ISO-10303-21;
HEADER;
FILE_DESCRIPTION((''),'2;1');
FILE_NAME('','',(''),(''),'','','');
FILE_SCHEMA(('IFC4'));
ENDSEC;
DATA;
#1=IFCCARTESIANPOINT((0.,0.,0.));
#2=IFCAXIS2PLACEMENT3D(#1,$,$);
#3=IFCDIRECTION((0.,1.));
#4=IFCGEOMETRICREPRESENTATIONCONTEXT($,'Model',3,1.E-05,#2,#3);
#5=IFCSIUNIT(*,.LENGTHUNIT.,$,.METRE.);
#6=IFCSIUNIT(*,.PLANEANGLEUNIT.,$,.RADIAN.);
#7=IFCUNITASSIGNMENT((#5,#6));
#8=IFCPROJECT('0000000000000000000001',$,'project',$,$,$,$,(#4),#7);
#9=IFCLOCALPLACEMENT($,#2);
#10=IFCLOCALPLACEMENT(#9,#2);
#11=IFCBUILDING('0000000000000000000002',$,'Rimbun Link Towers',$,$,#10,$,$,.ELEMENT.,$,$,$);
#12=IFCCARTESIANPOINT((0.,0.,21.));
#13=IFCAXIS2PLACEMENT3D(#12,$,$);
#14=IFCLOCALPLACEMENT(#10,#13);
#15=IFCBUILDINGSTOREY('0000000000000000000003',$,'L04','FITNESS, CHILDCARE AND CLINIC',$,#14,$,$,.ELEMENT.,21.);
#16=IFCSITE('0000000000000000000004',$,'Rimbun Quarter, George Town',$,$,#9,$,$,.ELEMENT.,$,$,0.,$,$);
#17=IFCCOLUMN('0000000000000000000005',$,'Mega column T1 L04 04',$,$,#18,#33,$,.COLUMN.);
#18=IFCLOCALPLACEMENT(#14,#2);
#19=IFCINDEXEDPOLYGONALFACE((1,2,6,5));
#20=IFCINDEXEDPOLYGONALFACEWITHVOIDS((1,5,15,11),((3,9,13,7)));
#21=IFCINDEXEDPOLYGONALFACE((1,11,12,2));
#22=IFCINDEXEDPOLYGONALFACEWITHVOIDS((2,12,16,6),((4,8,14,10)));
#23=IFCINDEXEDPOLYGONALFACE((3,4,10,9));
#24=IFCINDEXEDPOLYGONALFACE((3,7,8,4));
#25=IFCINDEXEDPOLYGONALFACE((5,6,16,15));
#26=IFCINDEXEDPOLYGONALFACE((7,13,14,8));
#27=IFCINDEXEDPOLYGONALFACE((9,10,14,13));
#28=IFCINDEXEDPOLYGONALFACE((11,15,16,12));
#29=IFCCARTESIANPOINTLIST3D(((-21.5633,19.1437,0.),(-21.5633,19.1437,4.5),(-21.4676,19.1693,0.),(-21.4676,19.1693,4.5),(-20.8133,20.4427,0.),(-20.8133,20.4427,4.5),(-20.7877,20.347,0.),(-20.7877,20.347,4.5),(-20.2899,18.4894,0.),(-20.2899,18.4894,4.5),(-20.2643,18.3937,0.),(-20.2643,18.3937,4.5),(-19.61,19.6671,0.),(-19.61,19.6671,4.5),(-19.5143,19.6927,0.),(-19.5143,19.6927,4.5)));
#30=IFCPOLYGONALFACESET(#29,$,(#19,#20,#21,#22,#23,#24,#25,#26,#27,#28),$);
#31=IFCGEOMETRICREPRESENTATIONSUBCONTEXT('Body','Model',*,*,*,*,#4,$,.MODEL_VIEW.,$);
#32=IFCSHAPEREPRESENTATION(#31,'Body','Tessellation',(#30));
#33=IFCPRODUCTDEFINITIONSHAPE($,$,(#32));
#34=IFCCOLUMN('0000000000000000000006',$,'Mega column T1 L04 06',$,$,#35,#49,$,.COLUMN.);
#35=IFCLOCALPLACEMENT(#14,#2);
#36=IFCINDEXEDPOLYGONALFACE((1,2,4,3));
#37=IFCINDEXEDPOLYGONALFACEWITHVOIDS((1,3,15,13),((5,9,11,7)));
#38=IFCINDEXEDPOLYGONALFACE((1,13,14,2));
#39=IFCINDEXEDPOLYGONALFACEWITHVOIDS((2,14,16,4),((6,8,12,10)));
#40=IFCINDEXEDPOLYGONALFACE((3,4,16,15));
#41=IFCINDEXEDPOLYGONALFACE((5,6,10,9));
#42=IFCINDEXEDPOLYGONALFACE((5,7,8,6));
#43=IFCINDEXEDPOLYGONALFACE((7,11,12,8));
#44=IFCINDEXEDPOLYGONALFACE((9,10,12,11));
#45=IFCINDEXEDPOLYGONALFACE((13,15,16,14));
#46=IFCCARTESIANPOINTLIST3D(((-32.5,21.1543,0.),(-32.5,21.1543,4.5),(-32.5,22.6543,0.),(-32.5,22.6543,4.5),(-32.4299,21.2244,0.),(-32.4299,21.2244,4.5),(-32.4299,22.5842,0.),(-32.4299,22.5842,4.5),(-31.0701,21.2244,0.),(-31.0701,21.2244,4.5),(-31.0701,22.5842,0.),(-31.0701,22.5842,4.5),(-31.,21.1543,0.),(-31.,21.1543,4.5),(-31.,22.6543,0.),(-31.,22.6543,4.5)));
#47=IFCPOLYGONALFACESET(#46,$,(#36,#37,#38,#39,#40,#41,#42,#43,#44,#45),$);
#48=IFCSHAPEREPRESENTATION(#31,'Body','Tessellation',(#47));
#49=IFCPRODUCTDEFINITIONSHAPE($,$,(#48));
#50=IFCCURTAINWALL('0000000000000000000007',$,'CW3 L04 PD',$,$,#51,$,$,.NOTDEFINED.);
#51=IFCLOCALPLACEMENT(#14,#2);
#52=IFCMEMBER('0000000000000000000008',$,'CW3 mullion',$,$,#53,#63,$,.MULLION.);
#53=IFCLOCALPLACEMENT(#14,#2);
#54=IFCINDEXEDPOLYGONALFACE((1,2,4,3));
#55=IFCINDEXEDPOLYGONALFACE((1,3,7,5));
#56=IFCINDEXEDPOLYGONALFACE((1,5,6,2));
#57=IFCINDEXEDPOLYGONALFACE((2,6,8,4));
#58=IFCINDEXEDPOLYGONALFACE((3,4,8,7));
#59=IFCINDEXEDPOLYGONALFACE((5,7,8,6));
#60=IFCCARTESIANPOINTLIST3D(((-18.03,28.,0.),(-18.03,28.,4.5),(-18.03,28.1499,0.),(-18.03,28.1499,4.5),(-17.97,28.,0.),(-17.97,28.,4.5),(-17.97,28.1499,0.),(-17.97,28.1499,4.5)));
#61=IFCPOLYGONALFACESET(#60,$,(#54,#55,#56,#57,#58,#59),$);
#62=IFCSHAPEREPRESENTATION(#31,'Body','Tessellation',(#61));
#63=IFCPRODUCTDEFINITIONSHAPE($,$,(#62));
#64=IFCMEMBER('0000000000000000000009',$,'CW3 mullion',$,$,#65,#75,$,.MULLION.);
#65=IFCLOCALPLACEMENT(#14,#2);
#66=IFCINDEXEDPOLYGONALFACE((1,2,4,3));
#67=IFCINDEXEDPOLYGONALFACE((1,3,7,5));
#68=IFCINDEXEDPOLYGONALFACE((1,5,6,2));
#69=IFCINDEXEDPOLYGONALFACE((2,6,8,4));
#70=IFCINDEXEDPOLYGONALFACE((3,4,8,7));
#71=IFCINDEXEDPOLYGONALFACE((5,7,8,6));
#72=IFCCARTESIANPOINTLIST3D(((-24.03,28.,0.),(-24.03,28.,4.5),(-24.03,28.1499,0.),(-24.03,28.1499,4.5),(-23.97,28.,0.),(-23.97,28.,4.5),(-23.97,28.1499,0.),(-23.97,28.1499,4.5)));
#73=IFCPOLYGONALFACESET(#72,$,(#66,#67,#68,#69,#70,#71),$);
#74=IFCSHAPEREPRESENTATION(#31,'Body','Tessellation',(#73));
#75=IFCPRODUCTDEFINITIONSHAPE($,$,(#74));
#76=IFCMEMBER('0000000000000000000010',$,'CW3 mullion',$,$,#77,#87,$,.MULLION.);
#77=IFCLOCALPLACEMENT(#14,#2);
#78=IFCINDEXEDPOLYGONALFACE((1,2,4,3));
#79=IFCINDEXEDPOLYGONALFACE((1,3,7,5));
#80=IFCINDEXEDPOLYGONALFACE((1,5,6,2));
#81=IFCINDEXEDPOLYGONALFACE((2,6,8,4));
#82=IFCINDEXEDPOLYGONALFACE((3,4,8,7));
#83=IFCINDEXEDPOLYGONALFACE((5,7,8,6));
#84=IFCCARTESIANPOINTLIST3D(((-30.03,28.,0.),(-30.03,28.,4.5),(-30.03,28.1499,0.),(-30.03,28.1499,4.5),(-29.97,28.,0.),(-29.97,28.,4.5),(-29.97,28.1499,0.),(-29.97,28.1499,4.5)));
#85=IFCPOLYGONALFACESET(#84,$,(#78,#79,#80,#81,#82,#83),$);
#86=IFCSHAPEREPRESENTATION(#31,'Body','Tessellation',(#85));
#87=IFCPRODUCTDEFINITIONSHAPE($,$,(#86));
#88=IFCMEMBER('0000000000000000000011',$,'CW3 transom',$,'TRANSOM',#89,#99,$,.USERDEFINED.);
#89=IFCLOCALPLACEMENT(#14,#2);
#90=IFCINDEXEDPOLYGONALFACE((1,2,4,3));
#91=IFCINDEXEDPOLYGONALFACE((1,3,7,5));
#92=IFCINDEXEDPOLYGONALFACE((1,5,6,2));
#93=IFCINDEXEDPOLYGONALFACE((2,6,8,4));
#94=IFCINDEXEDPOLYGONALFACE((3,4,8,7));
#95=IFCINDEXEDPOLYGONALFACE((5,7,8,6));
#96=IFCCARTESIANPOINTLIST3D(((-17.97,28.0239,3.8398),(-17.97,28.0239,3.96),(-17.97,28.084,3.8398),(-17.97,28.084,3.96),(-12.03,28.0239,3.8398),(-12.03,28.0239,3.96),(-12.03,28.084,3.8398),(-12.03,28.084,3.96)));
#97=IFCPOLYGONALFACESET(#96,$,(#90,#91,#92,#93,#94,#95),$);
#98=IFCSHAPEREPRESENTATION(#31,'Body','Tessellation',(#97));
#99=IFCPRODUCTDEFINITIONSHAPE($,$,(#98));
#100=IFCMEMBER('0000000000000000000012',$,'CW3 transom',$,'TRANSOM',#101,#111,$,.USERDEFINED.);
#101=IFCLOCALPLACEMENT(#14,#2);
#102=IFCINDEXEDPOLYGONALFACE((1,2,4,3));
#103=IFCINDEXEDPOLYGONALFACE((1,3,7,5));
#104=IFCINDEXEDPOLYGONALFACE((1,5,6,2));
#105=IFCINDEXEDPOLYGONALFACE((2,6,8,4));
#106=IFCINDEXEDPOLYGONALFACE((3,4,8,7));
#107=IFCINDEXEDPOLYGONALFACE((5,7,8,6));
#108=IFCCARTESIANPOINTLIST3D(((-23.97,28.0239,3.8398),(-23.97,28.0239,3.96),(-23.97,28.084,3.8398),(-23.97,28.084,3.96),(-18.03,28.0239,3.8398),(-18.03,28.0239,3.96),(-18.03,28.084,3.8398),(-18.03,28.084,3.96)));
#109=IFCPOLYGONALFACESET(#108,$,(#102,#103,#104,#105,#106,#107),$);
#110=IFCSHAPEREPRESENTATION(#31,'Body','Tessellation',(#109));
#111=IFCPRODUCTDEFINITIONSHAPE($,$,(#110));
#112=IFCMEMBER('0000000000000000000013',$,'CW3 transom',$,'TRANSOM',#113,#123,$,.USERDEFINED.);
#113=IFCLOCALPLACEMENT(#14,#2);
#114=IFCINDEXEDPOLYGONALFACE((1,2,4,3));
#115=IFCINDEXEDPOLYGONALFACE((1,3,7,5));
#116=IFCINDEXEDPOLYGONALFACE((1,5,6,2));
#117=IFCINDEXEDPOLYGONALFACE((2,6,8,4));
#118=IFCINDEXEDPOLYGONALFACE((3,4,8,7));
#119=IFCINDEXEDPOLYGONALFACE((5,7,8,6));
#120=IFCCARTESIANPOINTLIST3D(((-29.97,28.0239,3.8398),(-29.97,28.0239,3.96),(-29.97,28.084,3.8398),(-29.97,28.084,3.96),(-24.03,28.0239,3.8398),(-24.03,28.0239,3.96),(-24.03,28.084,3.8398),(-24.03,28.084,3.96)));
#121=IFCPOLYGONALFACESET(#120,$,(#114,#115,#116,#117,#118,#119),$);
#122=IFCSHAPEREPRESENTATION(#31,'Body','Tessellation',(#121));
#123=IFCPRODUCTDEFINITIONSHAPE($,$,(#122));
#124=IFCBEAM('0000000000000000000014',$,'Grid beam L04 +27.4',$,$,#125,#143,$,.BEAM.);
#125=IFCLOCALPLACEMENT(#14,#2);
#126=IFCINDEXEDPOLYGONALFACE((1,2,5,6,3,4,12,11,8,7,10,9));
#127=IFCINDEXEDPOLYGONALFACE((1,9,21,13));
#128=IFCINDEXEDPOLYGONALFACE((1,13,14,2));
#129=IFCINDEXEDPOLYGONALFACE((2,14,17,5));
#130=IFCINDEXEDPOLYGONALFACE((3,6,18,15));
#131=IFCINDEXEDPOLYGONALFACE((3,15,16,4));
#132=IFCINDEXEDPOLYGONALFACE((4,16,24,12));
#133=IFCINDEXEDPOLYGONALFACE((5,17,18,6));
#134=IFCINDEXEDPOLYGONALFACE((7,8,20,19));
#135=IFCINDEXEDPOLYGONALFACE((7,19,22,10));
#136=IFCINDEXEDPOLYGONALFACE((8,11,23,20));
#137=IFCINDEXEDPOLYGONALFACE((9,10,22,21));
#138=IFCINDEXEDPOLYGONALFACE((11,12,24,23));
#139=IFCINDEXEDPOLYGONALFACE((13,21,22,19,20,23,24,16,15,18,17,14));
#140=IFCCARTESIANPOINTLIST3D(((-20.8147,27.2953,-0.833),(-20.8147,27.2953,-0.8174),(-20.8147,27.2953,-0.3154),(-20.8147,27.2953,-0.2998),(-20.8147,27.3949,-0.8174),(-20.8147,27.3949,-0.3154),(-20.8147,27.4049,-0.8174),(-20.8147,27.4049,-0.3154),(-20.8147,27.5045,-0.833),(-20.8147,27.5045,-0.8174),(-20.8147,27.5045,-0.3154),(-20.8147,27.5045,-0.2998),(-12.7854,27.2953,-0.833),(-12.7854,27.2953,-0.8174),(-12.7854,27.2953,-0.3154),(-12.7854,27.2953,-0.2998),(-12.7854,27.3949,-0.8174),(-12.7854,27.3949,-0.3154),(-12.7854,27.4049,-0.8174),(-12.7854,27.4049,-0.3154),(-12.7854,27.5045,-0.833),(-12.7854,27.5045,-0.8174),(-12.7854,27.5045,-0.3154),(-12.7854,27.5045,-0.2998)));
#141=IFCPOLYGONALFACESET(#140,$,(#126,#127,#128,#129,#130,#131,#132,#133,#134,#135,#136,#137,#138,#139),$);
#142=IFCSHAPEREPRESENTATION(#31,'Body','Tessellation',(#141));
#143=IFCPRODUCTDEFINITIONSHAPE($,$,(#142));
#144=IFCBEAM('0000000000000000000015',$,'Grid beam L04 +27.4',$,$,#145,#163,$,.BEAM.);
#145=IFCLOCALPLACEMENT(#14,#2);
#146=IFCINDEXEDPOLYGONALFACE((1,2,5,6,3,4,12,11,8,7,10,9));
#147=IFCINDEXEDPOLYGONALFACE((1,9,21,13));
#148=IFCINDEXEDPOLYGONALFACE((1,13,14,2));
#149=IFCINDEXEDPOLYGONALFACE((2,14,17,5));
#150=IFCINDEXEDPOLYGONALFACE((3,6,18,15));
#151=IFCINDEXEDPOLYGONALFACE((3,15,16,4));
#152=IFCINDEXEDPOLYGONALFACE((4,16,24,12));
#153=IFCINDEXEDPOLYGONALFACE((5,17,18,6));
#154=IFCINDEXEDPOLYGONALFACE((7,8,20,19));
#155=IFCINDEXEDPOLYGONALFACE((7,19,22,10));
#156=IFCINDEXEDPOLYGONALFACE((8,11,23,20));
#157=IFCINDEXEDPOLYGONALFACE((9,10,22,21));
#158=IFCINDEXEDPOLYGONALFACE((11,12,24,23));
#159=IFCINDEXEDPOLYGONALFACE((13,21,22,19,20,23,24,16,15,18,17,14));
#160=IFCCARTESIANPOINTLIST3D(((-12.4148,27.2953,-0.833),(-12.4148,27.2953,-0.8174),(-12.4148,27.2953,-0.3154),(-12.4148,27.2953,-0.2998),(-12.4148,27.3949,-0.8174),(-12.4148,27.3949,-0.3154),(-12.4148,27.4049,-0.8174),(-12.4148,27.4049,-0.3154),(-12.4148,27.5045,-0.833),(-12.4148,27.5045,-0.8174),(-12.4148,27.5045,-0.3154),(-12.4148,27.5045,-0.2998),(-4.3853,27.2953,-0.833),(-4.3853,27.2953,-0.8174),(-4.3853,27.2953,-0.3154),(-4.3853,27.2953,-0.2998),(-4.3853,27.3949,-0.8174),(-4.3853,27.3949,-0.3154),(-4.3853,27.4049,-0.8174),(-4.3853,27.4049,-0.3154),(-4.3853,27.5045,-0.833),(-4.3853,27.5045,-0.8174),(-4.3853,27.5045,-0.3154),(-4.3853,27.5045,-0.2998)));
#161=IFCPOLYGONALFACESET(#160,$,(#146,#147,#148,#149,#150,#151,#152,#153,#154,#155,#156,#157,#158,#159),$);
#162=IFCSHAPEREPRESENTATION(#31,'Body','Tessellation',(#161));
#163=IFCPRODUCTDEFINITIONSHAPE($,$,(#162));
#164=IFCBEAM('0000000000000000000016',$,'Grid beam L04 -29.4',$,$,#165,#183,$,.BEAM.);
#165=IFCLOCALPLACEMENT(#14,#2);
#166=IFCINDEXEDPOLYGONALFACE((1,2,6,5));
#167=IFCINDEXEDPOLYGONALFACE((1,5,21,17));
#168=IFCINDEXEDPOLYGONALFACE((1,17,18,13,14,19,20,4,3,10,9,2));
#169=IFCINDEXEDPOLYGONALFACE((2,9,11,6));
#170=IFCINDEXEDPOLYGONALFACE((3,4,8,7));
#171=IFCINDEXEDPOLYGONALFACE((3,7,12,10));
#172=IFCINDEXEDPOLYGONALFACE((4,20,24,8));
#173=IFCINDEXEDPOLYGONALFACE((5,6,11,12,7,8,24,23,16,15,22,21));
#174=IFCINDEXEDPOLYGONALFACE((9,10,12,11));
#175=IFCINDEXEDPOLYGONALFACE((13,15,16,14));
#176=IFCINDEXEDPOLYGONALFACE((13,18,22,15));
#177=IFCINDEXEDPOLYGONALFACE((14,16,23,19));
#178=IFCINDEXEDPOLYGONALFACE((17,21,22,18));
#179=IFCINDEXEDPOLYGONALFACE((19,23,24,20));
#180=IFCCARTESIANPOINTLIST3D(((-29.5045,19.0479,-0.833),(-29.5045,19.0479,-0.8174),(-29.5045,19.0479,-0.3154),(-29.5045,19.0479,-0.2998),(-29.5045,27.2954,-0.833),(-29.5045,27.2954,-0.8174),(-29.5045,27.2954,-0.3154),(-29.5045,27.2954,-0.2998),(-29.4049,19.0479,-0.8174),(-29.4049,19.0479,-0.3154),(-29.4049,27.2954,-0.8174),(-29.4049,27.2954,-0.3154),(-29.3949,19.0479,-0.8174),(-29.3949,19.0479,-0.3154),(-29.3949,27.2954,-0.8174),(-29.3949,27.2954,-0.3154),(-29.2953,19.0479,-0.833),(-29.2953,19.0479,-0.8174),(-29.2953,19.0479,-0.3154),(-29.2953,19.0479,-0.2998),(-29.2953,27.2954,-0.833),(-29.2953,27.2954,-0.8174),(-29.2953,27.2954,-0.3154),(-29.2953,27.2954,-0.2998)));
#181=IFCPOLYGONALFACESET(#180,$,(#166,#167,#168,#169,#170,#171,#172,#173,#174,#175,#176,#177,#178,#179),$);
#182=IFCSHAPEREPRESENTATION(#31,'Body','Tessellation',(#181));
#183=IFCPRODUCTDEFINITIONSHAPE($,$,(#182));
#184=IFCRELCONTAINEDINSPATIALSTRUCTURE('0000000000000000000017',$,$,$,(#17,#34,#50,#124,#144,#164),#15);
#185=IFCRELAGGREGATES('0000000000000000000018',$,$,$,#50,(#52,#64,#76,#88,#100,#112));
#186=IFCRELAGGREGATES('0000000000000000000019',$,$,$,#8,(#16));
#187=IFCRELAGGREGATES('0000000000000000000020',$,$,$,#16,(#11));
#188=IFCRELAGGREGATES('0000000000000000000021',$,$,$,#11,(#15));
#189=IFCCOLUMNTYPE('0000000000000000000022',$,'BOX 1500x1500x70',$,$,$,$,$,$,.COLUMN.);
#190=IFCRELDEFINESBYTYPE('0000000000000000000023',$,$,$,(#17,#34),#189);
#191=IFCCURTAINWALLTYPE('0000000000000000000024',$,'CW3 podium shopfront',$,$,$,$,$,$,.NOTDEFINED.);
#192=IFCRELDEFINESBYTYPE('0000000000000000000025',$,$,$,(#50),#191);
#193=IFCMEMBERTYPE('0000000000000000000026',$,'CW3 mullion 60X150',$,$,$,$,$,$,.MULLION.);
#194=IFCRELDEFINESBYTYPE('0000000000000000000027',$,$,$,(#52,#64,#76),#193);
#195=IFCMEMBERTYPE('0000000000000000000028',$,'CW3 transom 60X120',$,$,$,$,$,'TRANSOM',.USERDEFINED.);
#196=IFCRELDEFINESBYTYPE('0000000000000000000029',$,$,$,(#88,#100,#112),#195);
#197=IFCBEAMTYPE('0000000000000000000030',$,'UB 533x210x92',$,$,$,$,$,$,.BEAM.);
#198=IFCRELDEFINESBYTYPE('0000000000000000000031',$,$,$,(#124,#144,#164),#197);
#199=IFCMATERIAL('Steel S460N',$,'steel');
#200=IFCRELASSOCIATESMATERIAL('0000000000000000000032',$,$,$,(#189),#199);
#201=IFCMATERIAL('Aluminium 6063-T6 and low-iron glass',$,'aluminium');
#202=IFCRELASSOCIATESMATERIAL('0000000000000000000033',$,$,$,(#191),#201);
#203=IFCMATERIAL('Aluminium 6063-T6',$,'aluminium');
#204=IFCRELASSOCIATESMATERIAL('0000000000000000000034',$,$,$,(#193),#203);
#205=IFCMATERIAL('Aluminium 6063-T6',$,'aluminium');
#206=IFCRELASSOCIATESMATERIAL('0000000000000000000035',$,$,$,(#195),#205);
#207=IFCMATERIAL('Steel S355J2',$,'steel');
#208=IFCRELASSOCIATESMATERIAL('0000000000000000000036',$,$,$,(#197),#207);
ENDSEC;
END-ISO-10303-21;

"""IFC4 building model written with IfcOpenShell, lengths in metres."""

from ifc_helpers import new_model, si_unit, direction, frame, origin, origin_2d, place, context, subcontext, project, spatial, rectangle, hollow_rectangle, i_section, extrude, material, material_profile, profile_set, type_object, element, aggregate, save


model = new_model("IFC4")

# Units and contexts
model_context = context("Model", 3, precision=1e-05, world=origin(), true_north=direction((0.0, 1.0)))
body_context = subcontext(model_context, "Body", "Model", "MODEL_VIEW")
ifc_project = project(units=[si_unit("LENGTHUNIT", "METRE"), si_unit("PLANEANGLEUNIT", "RADIAN")], contexts=[model_context])

# Site, building, storey
site_placement = place(None, origin())
site = spatial("IfcSite", under=ifc_project, at=site_placement, Name="Rimbun Quarter, George Town", CompositionType="ELEMENT", RefElevation=0.0)
building_placement = place(site_placement, origin())
building = spatial("IfcBuilding", under=site, at=building_placement, Name="Rimbun Link Towers", CompositionType="ELEMENT")
storey_placement = place(building_placement, frame((0.0, 0.0, 21.0)))
storey = spatial("IfcBuildingStorey", under=building, at=storey_placement, Name="L04", Description="FITNESS, CHILDCARE AND CLINIC", CompositionType="ELEMENT", Elevation=21.0)

# Columns
ifc_material_1 = material(Name="Steel S460N", Category="steel")
ifc_material_profile_1 = material_profile(ifc_material_1, hollow_rectangle(XDim=1.5, YDim=1.5, WallThickness=0.0701, at=origin_2d()), Name="BOX 1500x1500x70")
ifc_profile_set_1 = profile_set([ifc_material_profile_1], Name="Steel S460N")
column_type = type_object("IfcColumnType", Name="BOX 1500x1500x70", PredefinedType="COLUMN", material=ifc_profile_set_1)
for number, where, z_axis, x_axis, name in (
    (1, (-20.5388, 19.4182, 0.0), (0.0, 0.0, 1.0), (0.5, 0.866025, 0.0), "Mega column T1 L04 04"),
    (2, (-31.75, 21.9043, 0.0), (0.0, 0.0, 1.0), (0.0, 1.0, 0.0), "Mega column T1 L04 06"),
):
    element("IfcColumn", number, at=place(storey_placement, frame(where, z_axis=z_axis, x_axis=x_axis)), inside=storey, type_object=column_type, Name=name, PredefinedType="COLUMN", context=body_context, shape_type="SweptSolid", body=[
        extrude(hollow_rectangle(XDim=1.5, YDim=1.5, WallThickness=0.0701, at=origin_2d()), origin(), (0.0, 0.0, 1.0), 4.5),
    ])

# Curtain wall, members
ifc_material_2 = material(Name="Aluminium 6063-T6 and low-iron glass", Category="aluminium")
curtain_wall_type = type_object("IfcCurtainWallType", Name="CW3 podium shopfront", PredefinedType="NOTDEFINED", material=ifc_material_2)
curtain_wall_placement = place(storey_placement, origin())
curtain_wall = element("IfcCurtainWall", 3, at=curtain_wall_placement, inside=storey, type_object=curtain_wall_type, Name="CW3 L04 PD", PredefinedType="NOTDEFINED")
ifc_material_3 = material(Name="Aluminium 6063-T6", Category="aluminium")
ifc_material_profile_2 = material_profile(ifc_material_3, rectangle(XDim=0.1499, YDim=0.0601, at=origin_2d()), Name="MULLION 60X150")
ifc_profile_set_2 = profile_set([ifc_material_profile_2], Name="Aluminium 6063-T6")
member_type_1 = type_object("IfcMemberType", Name="CW3 mullion 60X150", PredefinedType="MULLION", material=ifc_profile_set_2)
member_1_placement = place(storey_placement, frame((-18.0, 28.075, 0.0), z_axis=(0.0, 0.0, 1.0), x_axis=(0.0, 1.0, 0.0)))
member_1 = element("IfcMember", 4, at=member_1_placement, type_object=member_type_1, Name="CW3 mullion", PredefinedType="MULLION", context=body_context, shape_type="SweptSolid", body=[
    extrude(rectangle(XDim=0.1499, YDim=0.0601, at=origin_2d()), origin(), (0.0, 0.0, 1.0), 4.5),
])
member_2_placement = place(storey_placement, frame((-24.0, 28.075, 0.0), z_axis=(0.0, 0.0, 1.0), x_axis=(0.0, 1.0, 0.0)))
member_2 = element("IfcMember", 5, at=member_2_placement, type_object=member_type_1, Name="CW3 mullion", PredefinedType="MULLION", context=body_context, shape_type="SweptSolid", body=[
    extrude(rectangle(XDim=0.1499, YDim=0.0601, at=origin_2d()), origin(), (0.0, 0.0, 1.0), 4.5),
])
member_3_placement = place(storey_placement, frame((-30.0, 28.075, 0.0), z_axis=(0.0, 0.0, 1.0), x_axis=(0.0, 1.0, 0.0)))
member_3 = element("IfcMember", 6, at=member_3_placement, type_object=member_type_1, Name="CW3 mullion", PredefinedType="MULLION", context=body_context, shape_type="SweptSolid", body=[
    extrude(rectangle(XDim=0.1499, YDim=0.0601, at=origin_2d()), origin(), (0.0, 0.0, 1.0), 4.5),
])
ifc_material_4 = material(Name="Aluminium 6063-T6", Category="aluminium")
ifc_material_profile_3 = material_profile(ifc_material_4, rectangle(XDim=0.0601, YDim=0.1201, at=origin_2d()), Name="TRANSOM 60X120")
ifc_profile_set_3 = profile_set([ifc_material_profile_3], Name="Aluminium 6063-T6")
member_type_2 = type_object("IfcMemberType", Name="CW3 transom 60X120", ElementType="TRANSOM", PredefinedType="USERDEFINED", material=ifc_profile_set_3)
member_4_placement = place(storey_placement, frame((-17.97, 28.054, 3.8999), z_axis=(1.0, 0.0, 0.0), x_axis=(0.0, 1.0, 0.0)))
member_4 = element("IfcMember", 7, at=member_4_placement, type_object=member_type_2, Name="CW3 transom", ObjectType="TRANSOM", PredefinedType="USERDEFINED", context=body_context, shape_type="SweptSolid", body=[
    extrude(rectangle(XDim=0.0601, YDim=0.1201, at=origin_2d()), origin(), (0.0, 0.0, 1.0), 5.9399),
])
member_5_placement = place(storey_placement, frame((-23.97, 28.054, 3.8999), z_axis=(1.0, 0.0, 0.0), x_axis=(0.0, 1.0, 0.0)))
member_5 = element("IfcMember", 8, at=member_5_placement, type_object=member_type_2, Name="CW3 transom", ObjectType="TRANSOM", PredefinedType="USERDEFINED", context=body_context, shape_type="SweptSolid", body=[
    extrude(rectangle(XDim=0.0601, YDim=0.1201, at=origin_2d()), origin(), (0.0, 0.0, 1.0), 5.9399),
])
member_6_placement = place(storey_placement, frame((-29.97, 28.054, 3.8999), z_axis=(1.0, 0.0, 0.0), x_axis=(0.0, 1.0, 0.0)))
member_6 = element("IfcMember", 9, at=member_6_placement, type_object=member_type_2, Name="CW3 transom", ObjectType="TRANSOM", PredefinedType="USERDEFINED", context=body_context, shape_type="SweptSolid", body=[
    extrude(rectangle(XDim=0.0601, YDim=0.1201, at=origin_2d()), origin(), (0.0, 0.0, 1.0), 5.9399),
])

# Beams
ifc_material_5 = material(Name="Steel S355J2", Category="steel")
ifc_material_profile_4 = material_profile(ifc_material_5, i_section(OverallWidth=0.2092, OverallDepth=0.5332, WebThickness=0.01, FlangeThickness=0.0156, at=origin_2d()), Name="UB 533x210x92")
ifc_profile_set_4 = profile_set([ifc_material_profile_4], Name="Steel S355J2")
beam_type_1 = type_object("IfcBeamType", Name="UB 533x210x92", PredefinedType="BEAM", material=ifc_profile_set_4)
beam_1_placement = place(storey_placement, frame((-20.8147, 27.3999, -0.5664), z_axis=(1.0, 0.0, 0.0), x_axis=(0.0, 1.0, 0.0)))
element("IfcBeam", 10, at=beam_1_placement, inside=storey, type_object=beam_type_1, Name="Grid beam L04 +27.4", PredefinedType="BEAM", context=body_context, shape_type="SweptSolid", body=[
    extrude(i_section(OverallWidth=0.2092, OverallDepth=0.5332, WebThickness=0.01, FlangeThickness=0.0156, at=origin_2d()), origin(), (0.0, 0.0, 1.0), 8.0293),
])
beam_2_placement = place(storey_placement, frame((-12.4148, 27.3999, -0.5664), z_axis=(1.0, 0.0, 0.0), x_axis=(0.0, 1.0, 0.0)))
element("IfcBeam", 11, at=beam_2_placement, inside=storey, type_object=beam_type_1, Name="Grid beam L04 +27.4", PredefinedType="BEAM", context=body_context, shape_type="SweptSolid", body=[
    extrude(i_section(OverallWidth=0.2092, OverallDepth=0.5332, WebThickness=0.01, FlangeThickness=0.0156, at=origin_2d()), origin(), (0.0, 0.0, 1.0), 8.0295),
])
beam_3_placement = place(storey_placement, frame((-29.3999, 19.0479, -0.5664), z_axis=(0.0, 1.0, 0.0), x_axis=(-1.0, 0.0, 0.0)))
element("IfcBeam", 12, at=beam_3_placement, inside=storey, type_object=beam_type_1, Name="Grid beam L04 -29.4", PredefinedType="BEAM", context=body_context, shape_type="SweptSolid", body=[
    extrude(i_section(OverallWidth=0.2092, OverallDepth=0.5332, WebThickness=0.01, FlangeThickness=0.0156, at=origin_2d()), origin(), (0.0, 0.0, 1.0), 8.2476),
])

aggregate(curtain_wall, [member_1, member_2, member_3, member_4, member_5, member_6])

save(model, "model.ifc")
